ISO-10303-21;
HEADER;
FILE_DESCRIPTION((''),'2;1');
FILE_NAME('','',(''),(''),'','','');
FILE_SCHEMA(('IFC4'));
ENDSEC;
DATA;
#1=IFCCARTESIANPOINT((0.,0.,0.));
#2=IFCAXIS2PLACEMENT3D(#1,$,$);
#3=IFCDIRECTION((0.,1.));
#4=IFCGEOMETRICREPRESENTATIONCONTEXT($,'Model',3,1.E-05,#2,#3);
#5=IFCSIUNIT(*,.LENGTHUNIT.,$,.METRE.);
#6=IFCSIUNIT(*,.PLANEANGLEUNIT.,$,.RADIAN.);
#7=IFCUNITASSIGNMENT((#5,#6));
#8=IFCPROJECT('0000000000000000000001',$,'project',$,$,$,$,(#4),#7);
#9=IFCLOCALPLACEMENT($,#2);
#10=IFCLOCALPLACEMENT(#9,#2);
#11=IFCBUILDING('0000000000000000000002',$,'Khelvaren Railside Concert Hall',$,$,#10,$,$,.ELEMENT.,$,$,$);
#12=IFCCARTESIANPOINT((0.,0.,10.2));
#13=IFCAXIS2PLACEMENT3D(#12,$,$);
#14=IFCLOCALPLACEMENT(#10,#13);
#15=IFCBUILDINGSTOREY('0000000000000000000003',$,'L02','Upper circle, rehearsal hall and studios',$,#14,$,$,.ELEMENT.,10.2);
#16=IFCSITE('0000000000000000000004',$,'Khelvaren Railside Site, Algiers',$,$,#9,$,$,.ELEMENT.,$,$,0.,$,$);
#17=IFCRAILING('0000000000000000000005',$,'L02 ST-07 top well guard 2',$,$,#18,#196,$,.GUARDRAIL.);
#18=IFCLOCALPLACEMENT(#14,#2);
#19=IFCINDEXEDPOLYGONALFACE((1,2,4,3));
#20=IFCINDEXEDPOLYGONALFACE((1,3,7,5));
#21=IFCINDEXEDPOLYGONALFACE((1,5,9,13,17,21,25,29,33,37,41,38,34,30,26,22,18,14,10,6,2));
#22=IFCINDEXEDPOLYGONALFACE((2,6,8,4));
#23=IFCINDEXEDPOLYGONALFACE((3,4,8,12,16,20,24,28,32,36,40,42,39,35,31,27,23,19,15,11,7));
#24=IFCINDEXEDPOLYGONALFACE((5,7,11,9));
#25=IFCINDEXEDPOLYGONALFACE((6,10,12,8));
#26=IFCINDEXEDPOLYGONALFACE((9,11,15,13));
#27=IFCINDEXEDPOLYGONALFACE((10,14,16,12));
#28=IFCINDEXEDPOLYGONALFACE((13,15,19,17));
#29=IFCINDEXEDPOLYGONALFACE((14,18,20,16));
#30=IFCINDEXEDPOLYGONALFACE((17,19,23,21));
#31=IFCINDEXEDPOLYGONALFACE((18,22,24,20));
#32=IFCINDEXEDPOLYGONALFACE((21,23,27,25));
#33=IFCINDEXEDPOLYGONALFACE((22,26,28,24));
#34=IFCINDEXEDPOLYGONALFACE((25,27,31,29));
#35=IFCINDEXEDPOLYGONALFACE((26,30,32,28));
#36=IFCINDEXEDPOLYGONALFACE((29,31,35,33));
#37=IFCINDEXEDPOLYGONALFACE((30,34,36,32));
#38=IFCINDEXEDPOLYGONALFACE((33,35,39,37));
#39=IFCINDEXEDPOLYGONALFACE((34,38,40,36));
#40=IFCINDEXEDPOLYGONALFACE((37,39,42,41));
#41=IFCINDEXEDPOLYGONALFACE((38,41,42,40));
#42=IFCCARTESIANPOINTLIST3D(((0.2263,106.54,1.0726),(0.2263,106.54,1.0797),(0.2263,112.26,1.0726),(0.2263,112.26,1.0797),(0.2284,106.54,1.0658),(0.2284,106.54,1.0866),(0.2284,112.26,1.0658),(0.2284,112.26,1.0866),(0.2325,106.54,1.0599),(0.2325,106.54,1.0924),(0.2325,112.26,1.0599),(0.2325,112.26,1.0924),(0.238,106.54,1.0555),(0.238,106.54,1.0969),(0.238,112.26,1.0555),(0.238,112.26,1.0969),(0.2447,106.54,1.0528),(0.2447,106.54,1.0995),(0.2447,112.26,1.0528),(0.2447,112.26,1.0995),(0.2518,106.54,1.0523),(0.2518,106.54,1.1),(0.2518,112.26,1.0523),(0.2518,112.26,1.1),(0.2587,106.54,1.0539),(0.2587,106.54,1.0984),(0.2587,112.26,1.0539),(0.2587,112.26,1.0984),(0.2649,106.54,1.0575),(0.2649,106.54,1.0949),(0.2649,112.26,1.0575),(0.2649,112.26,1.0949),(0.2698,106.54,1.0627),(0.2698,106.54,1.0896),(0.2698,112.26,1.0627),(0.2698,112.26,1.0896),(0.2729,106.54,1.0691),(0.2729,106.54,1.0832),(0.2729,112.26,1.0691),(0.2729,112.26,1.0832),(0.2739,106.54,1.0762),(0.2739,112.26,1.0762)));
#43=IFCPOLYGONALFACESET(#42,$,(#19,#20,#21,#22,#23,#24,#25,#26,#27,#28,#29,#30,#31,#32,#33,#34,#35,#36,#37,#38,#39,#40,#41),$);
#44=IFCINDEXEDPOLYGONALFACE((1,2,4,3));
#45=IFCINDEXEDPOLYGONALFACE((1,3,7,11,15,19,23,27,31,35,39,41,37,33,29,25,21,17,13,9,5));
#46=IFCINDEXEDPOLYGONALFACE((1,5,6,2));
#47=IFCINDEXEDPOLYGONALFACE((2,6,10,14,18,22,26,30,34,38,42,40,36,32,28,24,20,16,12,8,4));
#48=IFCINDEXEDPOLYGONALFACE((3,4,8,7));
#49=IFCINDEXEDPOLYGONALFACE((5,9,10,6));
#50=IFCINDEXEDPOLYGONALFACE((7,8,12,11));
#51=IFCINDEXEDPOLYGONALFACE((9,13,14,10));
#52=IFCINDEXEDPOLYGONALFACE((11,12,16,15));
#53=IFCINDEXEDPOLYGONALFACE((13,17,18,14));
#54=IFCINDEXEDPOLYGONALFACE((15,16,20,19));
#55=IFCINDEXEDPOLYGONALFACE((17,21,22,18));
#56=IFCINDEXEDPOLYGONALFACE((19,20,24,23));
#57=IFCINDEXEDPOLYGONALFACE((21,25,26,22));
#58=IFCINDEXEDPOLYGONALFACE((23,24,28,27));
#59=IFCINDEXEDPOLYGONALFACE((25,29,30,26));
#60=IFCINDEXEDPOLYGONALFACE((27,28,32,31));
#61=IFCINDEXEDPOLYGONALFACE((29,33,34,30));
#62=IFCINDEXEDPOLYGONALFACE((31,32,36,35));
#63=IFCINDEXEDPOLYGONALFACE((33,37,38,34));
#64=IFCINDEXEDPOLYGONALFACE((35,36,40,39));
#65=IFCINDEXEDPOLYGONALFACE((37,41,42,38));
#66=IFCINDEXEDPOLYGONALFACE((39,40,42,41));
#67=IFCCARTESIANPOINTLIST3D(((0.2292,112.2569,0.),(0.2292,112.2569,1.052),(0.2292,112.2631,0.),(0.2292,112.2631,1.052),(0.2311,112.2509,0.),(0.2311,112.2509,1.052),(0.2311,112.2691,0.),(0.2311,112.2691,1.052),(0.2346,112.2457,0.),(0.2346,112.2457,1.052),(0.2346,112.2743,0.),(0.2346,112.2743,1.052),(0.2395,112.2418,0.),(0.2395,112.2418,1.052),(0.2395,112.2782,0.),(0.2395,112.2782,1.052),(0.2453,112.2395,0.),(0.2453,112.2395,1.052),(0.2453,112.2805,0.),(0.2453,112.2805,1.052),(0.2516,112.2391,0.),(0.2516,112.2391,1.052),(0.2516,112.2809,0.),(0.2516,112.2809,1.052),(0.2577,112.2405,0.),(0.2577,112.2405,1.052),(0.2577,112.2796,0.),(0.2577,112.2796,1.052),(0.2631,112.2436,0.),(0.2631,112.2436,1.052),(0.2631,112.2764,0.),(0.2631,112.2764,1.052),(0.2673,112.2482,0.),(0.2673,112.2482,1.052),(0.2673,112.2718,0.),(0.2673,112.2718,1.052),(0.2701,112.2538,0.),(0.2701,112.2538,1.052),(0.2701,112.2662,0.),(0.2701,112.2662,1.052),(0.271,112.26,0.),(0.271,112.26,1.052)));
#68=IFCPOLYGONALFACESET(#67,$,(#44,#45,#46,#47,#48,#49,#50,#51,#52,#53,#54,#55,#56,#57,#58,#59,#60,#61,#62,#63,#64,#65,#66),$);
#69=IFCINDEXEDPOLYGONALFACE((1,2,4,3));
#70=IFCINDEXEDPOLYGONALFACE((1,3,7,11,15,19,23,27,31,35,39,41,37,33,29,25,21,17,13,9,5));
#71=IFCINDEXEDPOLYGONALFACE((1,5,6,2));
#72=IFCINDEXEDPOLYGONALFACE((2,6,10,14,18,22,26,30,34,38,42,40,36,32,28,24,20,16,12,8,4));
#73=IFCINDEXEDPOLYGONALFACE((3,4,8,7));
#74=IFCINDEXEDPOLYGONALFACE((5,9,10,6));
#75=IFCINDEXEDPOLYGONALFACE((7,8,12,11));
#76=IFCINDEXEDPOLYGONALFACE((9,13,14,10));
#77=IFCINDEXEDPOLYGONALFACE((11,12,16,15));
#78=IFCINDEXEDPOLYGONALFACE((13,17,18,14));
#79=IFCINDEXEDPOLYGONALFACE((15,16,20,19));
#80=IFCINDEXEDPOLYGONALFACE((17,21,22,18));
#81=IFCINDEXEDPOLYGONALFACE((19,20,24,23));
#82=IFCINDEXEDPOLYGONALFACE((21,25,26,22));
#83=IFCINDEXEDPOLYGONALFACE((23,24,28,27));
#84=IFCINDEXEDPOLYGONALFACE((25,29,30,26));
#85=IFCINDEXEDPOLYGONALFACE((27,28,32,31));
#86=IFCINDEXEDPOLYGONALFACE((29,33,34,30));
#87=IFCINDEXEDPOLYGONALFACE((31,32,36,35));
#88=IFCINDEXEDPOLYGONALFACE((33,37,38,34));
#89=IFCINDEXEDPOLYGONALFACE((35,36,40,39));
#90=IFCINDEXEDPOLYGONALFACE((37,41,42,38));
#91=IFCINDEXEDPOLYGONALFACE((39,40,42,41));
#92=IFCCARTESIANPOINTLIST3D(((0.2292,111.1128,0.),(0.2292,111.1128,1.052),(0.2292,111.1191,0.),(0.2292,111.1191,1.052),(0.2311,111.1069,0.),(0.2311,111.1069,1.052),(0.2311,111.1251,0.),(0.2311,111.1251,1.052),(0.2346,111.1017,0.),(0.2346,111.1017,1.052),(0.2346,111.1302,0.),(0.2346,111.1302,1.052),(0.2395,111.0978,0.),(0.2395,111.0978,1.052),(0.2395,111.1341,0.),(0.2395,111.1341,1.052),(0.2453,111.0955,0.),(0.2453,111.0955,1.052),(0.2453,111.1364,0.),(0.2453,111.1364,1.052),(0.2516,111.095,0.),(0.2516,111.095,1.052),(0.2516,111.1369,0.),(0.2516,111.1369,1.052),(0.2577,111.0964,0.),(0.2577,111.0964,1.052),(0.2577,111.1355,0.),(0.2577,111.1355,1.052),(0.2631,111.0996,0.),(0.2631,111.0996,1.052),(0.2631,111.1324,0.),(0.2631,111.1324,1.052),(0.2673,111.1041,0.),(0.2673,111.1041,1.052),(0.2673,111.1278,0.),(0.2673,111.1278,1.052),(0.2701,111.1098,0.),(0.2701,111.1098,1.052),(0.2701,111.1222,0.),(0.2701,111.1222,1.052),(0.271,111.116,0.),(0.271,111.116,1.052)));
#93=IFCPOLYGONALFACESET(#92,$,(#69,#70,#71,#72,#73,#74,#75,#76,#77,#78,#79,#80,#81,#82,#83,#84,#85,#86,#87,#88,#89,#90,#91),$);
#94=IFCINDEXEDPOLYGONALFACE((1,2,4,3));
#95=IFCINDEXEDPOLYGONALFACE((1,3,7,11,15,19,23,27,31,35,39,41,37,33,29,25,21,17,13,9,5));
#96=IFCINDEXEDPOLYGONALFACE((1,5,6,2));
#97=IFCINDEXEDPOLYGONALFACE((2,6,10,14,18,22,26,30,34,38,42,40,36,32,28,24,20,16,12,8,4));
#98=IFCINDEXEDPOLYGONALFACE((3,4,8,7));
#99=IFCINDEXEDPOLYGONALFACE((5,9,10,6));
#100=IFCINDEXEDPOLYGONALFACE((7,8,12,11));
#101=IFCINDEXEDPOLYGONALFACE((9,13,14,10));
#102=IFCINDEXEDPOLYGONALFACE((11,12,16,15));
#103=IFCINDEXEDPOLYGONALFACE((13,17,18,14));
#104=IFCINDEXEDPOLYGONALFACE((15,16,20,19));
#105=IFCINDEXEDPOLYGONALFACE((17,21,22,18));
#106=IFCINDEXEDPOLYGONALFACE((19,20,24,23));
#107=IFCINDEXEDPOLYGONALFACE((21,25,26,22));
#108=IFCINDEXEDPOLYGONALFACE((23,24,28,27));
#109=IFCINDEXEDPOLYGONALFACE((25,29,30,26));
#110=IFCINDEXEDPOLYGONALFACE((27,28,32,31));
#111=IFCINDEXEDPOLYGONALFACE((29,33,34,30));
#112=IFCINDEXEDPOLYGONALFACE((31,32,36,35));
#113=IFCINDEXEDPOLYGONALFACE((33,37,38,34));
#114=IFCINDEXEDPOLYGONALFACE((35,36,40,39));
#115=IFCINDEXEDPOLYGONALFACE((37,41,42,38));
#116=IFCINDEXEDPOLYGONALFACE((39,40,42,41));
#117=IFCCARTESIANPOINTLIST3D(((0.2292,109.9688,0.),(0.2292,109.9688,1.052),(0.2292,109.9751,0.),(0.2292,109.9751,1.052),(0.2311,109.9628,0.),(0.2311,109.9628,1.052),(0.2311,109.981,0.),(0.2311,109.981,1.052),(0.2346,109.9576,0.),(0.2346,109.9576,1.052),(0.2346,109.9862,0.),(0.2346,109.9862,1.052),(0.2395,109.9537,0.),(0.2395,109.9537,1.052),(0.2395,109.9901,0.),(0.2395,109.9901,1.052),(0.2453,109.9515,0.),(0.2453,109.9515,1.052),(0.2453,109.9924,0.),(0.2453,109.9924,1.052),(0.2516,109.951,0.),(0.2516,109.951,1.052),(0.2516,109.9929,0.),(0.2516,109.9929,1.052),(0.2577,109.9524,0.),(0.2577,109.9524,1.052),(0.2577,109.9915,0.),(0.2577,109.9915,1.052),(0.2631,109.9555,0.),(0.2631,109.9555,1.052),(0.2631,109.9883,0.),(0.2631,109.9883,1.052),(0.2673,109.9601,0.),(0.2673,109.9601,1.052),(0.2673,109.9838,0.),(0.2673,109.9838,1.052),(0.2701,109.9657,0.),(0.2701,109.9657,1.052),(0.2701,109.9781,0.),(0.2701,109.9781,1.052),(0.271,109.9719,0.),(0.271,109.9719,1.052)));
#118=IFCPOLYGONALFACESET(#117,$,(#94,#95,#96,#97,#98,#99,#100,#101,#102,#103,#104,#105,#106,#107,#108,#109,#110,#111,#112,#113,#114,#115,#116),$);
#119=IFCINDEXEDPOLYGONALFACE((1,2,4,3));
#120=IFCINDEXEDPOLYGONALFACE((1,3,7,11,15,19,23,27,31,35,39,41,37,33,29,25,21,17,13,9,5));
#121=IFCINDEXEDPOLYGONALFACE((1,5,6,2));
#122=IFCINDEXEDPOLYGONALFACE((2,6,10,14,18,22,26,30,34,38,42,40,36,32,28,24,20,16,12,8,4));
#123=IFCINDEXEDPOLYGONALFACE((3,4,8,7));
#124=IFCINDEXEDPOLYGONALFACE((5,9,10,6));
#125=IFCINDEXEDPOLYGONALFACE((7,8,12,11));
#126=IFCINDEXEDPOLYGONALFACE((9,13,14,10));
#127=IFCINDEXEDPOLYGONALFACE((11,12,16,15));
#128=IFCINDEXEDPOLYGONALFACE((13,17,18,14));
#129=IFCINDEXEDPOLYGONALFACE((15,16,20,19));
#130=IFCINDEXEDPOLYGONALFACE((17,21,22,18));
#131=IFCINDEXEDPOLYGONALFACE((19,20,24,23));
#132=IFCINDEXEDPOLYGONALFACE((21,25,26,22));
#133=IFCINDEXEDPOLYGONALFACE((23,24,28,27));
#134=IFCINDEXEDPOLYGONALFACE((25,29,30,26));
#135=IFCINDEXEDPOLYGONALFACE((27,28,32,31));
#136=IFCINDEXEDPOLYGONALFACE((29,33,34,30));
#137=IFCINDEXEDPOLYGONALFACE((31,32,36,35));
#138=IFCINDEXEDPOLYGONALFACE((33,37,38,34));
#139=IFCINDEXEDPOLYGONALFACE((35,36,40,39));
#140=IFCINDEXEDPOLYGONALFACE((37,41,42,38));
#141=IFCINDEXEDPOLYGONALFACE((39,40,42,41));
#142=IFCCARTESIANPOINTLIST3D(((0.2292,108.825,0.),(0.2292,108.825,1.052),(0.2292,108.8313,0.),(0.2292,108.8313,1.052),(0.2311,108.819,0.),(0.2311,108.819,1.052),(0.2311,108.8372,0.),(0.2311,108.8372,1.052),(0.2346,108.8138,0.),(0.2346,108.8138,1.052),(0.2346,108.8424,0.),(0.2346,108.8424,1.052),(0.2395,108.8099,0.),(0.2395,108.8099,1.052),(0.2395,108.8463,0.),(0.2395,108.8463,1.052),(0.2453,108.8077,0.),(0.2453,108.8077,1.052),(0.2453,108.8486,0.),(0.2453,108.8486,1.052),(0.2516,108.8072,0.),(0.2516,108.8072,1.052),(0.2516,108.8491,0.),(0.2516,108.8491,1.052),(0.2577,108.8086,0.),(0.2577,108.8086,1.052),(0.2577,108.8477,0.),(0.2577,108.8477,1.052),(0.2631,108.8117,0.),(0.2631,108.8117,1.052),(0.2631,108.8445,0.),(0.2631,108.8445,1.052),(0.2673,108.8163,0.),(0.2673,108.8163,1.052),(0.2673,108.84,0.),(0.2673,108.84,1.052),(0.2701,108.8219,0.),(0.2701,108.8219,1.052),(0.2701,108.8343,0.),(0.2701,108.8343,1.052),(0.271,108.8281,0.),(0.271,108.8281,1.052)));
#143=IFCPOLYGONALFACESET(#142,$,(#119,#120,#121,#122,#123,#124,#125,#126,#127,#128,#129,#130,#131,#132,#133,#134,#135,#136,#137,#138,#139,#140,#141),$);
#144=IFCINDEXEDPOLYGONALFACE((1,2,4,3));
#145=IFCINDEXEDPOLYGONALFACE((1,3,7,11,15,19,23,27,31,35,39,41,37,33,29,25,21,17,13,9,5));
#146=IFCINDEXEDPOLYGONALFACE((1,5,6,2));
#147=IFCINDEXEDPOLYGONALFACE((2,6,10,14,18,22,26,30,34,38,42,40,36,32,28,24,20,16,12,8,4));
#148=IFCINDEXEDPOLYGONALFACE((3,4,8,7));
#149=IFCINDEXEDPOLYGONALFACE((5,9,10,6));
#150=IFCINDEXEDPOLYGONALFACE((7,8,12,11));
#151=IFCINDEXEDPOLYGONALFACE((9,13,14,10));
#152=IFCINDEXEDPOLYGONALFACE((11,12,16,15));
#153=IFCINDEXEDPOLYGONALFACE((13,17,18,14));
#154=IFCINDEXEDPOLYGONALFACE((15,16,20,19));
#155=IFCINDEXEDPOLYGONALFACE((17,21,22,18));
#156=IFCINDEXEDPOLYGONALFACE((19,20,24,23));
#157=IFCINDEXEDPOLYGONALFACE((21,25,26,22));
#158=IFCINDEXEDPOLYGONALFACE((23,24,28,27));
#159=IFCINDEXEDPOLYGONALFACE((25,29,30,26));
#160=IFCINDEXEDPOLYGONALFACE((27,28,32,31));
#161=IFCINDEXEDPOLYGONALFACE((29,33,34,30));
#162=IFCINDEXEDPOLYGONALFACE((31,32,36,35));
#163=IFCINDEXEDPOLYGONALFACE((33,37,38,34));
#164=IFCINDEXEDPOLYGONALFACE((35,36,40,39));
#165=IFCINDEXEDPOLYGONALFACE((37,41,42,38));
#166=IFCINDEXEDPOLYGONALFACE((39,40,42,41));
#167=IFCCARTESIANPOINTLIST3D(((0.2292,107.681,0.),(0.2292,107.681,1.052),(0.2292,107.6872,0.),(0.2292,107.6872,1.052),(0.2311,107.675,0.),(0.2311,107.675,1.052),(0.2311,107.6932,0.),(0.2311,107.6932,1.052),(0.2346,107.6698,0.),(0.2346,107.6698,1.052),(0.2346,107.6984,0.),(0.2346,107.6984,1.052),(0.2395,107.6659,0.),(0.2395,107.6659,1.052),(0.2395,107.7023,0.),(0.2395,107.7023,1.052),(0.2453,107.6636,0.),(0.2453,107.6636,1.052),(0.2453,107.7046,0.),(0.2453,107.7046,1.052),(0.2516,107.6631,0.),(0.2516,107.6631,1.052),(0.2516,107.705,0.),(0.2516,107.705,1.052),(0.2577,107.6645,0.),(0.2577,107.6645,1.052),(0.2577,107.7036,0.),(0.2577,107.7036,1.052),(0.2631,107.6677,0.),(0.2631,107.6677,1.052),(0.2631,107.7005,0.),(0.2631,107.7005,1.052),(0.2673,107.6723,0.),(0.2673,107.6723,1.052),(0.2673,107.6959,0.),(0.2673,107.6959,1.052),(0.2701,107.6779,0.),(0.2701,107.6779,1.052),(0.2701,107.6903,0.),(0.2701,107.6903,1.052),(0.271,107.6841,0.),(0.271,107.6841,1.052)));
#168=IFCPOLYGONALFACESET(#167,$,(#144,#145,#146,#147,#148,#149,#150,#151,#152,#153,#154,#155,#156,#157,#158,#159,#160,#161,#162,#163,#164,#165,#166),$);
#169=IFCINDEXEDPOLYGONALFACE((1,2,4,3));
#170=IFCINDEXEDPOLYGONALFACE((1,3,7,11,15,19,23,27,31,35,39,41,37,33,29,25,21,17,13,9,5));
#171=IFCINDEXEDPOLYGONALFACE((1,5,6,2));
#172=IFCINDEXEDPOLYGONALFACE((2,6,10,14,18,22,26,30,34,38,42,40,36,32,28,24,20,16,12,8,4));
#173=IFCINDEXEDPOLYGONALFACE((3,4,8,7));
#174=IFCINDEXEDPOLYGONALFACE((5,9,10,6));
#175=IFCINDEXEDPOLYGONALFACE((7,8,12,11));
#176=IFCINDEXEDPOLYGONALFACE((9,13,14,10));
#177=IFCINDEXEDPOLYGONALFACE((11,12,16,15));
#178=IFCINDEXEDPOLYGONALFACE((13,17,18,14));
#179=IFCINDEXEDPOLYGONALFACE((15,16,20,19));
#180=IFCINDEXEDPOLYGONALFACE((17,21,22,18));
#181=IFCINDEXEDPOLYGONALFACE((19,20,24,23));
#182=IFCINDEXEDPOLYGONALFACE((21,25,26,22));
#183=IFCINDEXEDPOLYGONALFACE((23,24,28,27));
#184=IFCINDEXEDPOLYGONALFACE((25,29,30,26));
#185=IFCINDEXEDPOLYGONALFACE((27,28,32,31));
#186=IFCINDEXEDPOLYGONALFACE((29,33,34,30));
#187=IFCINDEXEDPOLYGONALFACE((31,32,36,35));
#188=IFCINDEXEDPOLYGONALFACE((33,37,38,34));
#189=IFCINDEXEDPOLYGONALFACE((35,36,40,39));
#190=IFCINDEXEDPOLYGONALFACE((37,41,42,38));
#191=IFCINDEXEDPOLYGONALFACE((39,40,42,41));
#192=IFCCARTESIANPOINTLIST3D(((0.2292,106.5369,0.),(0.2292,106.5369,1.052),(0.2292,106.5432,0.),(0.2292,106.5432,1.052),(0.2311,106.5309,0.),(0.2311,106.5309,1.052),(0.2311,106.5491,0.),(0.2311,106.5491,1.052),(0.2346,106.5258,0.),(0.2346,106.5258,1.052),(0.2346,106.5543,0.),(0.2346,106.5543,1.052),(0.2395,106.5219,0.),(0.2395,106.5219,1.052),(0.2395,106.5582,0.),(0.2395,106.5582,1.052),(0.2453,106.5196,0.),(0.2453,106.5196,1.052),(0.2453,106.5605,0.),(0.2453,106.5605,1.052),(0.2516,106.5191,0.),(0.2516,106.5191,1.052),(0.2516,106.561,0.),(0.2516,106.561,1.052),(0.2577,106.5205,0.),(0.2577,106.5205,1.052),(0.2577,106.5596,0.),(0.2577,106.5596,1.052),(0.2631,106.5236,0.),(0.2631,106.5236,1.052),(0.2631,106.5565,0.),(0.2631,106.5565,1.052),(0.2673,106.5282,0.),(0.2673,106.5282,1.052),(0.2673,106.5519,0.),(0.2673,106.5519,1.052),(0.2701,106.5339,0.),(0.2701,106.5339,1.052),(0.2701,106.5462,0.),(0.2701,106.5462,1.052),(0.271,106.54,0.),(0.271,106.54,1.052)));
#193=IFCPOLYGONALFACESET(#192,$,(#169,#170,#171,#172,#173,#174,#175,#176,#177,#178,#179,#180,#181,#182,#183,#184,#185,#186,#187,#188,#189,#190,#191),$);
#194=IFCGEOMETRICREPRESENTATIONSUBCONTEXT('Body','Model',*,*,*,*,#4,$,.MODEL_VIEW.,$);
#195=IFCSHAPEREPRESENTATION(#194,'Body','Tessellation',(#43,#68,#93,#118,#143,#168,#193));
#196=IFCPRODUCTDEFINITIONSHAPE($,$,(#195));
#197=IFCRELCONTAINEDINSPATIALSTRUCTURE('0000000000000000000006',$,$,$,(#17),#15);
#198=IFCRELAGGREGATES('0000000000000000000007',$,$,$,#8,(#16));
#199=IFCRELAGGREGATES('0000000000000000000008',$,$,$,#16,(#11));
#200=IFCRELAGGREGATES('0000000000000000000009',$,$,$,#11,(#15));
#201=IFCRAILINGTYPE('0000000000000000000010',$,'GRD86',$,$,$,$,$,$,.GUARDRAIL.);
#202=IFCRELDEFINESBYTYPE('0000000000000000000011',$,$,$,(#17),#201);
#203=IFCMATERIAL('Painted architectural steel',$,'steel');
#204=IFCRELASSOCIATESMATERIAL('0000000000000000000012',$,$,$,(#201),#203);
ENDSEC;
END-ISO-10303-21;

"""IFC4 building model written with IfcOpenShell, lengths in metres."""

from ifc_helpers import new_model, si_unit, direction, frame, origin, origin_2d, place, context, subcontext, project, spatial, circle, extrude, material, type_object, element, save


model = new_model("IFC4")

# Units and contexts
model_context = context("Model", 3, precision=1e-05, world=origin(), true_north=direction((0.0, 1.0)))
body_context = subcontext(model_context, "Body", "Model", "MODEL_VIEW")
ifc_project = project(units=[si_unit("LENGTHUNIT", "METRE"), si_unit("PLANEANGLEUNIT", "RADIAN")], contexts=[model_context])

# Site, building, storey
site_placement = place(None, origin())
site = spatial("IfcSite", under=ifc_project, at=site_placement, Name="Khelvaren Railside Site, Algiers", CompositionType="ELEMENT", RefElevation=0.0)
building_placement = place(site_placement, origin())
building = spatial("IfcBuilding", under=site, at=building_placement, Name="Khelvaren Railside Concert Hall", CompositionType="ELEMENT")
storey_placement = place(building_placement, frame((0.0, 0.0, 10.2)))
storey = spatial("IfcBuildingStorey", under=building, at=storey_placement, Name="L02", Description="Upper circle, rehearsal hall and studios", CompositionType="ELEMENT", Elevation=10.2)

# Railing
ifc_material_1 = material(Name="Painted architectural steel", Category="steel")
railing_type = type_object("IfcRailingType", Name="GRD86", PredefinedType="GUARDRAIL", material=ifc_material_1)
for number, where, name in (
    (1, (0.25, 112.26, 0.0), "L02 ST-07 top well guard 2"),
):
    element("IfcRailing", number, at=place(storey_placement, frame(where)), inside=storey, type_object=railing_type, Name=name, PredefinedType="GUARDRAIL", context=body_context, shape_type="SweptSolid", body=[
        extrude(circle(Radius=0.0239, at=origin_2d()), frame((0.0, 0.0, 1.0762), z_axis=(0.0, -1.0, 0.0), x_axis=(1.0, 0.0, 0.0)), (0.0, 0.0, 1.0), 5.72),
        extrude(circle(Radius=0.021, at=origin_2d()), origin(), (0.0, 0.0, 1.0), 1.052),
        extrude(circle(Radius=0.021, at=origin_2d()), frame((0.0, -1.144, 0.0)), (0.0, 0.0, 1.0), 1.052),
        extrude(circle(Radius=0.021, at=origin_2d()), frame((0.0, -2.2881, 0.0)), (0.0, 0.0, 1.0), 1.052),
        extrude(circle(Radius=0.021, at=origin_2d()), frame((0.0, -3.4319, 0.0)), (0.0, 0.0, 1.0), 1.052),
        extrude(circle(Radius=0.021, at=origin_2d()), frame((0.0, -4.5759, 0.0)), (0.0, 0.0, 1.0), 1.052),
        extrude(circle(Radius=0.021, at=origin_2d()), frame((0.0, -5.72, 0.0)), (0.0, 0.0, 1.0), 1.052),
    ])

save(model, "model.ifc")
